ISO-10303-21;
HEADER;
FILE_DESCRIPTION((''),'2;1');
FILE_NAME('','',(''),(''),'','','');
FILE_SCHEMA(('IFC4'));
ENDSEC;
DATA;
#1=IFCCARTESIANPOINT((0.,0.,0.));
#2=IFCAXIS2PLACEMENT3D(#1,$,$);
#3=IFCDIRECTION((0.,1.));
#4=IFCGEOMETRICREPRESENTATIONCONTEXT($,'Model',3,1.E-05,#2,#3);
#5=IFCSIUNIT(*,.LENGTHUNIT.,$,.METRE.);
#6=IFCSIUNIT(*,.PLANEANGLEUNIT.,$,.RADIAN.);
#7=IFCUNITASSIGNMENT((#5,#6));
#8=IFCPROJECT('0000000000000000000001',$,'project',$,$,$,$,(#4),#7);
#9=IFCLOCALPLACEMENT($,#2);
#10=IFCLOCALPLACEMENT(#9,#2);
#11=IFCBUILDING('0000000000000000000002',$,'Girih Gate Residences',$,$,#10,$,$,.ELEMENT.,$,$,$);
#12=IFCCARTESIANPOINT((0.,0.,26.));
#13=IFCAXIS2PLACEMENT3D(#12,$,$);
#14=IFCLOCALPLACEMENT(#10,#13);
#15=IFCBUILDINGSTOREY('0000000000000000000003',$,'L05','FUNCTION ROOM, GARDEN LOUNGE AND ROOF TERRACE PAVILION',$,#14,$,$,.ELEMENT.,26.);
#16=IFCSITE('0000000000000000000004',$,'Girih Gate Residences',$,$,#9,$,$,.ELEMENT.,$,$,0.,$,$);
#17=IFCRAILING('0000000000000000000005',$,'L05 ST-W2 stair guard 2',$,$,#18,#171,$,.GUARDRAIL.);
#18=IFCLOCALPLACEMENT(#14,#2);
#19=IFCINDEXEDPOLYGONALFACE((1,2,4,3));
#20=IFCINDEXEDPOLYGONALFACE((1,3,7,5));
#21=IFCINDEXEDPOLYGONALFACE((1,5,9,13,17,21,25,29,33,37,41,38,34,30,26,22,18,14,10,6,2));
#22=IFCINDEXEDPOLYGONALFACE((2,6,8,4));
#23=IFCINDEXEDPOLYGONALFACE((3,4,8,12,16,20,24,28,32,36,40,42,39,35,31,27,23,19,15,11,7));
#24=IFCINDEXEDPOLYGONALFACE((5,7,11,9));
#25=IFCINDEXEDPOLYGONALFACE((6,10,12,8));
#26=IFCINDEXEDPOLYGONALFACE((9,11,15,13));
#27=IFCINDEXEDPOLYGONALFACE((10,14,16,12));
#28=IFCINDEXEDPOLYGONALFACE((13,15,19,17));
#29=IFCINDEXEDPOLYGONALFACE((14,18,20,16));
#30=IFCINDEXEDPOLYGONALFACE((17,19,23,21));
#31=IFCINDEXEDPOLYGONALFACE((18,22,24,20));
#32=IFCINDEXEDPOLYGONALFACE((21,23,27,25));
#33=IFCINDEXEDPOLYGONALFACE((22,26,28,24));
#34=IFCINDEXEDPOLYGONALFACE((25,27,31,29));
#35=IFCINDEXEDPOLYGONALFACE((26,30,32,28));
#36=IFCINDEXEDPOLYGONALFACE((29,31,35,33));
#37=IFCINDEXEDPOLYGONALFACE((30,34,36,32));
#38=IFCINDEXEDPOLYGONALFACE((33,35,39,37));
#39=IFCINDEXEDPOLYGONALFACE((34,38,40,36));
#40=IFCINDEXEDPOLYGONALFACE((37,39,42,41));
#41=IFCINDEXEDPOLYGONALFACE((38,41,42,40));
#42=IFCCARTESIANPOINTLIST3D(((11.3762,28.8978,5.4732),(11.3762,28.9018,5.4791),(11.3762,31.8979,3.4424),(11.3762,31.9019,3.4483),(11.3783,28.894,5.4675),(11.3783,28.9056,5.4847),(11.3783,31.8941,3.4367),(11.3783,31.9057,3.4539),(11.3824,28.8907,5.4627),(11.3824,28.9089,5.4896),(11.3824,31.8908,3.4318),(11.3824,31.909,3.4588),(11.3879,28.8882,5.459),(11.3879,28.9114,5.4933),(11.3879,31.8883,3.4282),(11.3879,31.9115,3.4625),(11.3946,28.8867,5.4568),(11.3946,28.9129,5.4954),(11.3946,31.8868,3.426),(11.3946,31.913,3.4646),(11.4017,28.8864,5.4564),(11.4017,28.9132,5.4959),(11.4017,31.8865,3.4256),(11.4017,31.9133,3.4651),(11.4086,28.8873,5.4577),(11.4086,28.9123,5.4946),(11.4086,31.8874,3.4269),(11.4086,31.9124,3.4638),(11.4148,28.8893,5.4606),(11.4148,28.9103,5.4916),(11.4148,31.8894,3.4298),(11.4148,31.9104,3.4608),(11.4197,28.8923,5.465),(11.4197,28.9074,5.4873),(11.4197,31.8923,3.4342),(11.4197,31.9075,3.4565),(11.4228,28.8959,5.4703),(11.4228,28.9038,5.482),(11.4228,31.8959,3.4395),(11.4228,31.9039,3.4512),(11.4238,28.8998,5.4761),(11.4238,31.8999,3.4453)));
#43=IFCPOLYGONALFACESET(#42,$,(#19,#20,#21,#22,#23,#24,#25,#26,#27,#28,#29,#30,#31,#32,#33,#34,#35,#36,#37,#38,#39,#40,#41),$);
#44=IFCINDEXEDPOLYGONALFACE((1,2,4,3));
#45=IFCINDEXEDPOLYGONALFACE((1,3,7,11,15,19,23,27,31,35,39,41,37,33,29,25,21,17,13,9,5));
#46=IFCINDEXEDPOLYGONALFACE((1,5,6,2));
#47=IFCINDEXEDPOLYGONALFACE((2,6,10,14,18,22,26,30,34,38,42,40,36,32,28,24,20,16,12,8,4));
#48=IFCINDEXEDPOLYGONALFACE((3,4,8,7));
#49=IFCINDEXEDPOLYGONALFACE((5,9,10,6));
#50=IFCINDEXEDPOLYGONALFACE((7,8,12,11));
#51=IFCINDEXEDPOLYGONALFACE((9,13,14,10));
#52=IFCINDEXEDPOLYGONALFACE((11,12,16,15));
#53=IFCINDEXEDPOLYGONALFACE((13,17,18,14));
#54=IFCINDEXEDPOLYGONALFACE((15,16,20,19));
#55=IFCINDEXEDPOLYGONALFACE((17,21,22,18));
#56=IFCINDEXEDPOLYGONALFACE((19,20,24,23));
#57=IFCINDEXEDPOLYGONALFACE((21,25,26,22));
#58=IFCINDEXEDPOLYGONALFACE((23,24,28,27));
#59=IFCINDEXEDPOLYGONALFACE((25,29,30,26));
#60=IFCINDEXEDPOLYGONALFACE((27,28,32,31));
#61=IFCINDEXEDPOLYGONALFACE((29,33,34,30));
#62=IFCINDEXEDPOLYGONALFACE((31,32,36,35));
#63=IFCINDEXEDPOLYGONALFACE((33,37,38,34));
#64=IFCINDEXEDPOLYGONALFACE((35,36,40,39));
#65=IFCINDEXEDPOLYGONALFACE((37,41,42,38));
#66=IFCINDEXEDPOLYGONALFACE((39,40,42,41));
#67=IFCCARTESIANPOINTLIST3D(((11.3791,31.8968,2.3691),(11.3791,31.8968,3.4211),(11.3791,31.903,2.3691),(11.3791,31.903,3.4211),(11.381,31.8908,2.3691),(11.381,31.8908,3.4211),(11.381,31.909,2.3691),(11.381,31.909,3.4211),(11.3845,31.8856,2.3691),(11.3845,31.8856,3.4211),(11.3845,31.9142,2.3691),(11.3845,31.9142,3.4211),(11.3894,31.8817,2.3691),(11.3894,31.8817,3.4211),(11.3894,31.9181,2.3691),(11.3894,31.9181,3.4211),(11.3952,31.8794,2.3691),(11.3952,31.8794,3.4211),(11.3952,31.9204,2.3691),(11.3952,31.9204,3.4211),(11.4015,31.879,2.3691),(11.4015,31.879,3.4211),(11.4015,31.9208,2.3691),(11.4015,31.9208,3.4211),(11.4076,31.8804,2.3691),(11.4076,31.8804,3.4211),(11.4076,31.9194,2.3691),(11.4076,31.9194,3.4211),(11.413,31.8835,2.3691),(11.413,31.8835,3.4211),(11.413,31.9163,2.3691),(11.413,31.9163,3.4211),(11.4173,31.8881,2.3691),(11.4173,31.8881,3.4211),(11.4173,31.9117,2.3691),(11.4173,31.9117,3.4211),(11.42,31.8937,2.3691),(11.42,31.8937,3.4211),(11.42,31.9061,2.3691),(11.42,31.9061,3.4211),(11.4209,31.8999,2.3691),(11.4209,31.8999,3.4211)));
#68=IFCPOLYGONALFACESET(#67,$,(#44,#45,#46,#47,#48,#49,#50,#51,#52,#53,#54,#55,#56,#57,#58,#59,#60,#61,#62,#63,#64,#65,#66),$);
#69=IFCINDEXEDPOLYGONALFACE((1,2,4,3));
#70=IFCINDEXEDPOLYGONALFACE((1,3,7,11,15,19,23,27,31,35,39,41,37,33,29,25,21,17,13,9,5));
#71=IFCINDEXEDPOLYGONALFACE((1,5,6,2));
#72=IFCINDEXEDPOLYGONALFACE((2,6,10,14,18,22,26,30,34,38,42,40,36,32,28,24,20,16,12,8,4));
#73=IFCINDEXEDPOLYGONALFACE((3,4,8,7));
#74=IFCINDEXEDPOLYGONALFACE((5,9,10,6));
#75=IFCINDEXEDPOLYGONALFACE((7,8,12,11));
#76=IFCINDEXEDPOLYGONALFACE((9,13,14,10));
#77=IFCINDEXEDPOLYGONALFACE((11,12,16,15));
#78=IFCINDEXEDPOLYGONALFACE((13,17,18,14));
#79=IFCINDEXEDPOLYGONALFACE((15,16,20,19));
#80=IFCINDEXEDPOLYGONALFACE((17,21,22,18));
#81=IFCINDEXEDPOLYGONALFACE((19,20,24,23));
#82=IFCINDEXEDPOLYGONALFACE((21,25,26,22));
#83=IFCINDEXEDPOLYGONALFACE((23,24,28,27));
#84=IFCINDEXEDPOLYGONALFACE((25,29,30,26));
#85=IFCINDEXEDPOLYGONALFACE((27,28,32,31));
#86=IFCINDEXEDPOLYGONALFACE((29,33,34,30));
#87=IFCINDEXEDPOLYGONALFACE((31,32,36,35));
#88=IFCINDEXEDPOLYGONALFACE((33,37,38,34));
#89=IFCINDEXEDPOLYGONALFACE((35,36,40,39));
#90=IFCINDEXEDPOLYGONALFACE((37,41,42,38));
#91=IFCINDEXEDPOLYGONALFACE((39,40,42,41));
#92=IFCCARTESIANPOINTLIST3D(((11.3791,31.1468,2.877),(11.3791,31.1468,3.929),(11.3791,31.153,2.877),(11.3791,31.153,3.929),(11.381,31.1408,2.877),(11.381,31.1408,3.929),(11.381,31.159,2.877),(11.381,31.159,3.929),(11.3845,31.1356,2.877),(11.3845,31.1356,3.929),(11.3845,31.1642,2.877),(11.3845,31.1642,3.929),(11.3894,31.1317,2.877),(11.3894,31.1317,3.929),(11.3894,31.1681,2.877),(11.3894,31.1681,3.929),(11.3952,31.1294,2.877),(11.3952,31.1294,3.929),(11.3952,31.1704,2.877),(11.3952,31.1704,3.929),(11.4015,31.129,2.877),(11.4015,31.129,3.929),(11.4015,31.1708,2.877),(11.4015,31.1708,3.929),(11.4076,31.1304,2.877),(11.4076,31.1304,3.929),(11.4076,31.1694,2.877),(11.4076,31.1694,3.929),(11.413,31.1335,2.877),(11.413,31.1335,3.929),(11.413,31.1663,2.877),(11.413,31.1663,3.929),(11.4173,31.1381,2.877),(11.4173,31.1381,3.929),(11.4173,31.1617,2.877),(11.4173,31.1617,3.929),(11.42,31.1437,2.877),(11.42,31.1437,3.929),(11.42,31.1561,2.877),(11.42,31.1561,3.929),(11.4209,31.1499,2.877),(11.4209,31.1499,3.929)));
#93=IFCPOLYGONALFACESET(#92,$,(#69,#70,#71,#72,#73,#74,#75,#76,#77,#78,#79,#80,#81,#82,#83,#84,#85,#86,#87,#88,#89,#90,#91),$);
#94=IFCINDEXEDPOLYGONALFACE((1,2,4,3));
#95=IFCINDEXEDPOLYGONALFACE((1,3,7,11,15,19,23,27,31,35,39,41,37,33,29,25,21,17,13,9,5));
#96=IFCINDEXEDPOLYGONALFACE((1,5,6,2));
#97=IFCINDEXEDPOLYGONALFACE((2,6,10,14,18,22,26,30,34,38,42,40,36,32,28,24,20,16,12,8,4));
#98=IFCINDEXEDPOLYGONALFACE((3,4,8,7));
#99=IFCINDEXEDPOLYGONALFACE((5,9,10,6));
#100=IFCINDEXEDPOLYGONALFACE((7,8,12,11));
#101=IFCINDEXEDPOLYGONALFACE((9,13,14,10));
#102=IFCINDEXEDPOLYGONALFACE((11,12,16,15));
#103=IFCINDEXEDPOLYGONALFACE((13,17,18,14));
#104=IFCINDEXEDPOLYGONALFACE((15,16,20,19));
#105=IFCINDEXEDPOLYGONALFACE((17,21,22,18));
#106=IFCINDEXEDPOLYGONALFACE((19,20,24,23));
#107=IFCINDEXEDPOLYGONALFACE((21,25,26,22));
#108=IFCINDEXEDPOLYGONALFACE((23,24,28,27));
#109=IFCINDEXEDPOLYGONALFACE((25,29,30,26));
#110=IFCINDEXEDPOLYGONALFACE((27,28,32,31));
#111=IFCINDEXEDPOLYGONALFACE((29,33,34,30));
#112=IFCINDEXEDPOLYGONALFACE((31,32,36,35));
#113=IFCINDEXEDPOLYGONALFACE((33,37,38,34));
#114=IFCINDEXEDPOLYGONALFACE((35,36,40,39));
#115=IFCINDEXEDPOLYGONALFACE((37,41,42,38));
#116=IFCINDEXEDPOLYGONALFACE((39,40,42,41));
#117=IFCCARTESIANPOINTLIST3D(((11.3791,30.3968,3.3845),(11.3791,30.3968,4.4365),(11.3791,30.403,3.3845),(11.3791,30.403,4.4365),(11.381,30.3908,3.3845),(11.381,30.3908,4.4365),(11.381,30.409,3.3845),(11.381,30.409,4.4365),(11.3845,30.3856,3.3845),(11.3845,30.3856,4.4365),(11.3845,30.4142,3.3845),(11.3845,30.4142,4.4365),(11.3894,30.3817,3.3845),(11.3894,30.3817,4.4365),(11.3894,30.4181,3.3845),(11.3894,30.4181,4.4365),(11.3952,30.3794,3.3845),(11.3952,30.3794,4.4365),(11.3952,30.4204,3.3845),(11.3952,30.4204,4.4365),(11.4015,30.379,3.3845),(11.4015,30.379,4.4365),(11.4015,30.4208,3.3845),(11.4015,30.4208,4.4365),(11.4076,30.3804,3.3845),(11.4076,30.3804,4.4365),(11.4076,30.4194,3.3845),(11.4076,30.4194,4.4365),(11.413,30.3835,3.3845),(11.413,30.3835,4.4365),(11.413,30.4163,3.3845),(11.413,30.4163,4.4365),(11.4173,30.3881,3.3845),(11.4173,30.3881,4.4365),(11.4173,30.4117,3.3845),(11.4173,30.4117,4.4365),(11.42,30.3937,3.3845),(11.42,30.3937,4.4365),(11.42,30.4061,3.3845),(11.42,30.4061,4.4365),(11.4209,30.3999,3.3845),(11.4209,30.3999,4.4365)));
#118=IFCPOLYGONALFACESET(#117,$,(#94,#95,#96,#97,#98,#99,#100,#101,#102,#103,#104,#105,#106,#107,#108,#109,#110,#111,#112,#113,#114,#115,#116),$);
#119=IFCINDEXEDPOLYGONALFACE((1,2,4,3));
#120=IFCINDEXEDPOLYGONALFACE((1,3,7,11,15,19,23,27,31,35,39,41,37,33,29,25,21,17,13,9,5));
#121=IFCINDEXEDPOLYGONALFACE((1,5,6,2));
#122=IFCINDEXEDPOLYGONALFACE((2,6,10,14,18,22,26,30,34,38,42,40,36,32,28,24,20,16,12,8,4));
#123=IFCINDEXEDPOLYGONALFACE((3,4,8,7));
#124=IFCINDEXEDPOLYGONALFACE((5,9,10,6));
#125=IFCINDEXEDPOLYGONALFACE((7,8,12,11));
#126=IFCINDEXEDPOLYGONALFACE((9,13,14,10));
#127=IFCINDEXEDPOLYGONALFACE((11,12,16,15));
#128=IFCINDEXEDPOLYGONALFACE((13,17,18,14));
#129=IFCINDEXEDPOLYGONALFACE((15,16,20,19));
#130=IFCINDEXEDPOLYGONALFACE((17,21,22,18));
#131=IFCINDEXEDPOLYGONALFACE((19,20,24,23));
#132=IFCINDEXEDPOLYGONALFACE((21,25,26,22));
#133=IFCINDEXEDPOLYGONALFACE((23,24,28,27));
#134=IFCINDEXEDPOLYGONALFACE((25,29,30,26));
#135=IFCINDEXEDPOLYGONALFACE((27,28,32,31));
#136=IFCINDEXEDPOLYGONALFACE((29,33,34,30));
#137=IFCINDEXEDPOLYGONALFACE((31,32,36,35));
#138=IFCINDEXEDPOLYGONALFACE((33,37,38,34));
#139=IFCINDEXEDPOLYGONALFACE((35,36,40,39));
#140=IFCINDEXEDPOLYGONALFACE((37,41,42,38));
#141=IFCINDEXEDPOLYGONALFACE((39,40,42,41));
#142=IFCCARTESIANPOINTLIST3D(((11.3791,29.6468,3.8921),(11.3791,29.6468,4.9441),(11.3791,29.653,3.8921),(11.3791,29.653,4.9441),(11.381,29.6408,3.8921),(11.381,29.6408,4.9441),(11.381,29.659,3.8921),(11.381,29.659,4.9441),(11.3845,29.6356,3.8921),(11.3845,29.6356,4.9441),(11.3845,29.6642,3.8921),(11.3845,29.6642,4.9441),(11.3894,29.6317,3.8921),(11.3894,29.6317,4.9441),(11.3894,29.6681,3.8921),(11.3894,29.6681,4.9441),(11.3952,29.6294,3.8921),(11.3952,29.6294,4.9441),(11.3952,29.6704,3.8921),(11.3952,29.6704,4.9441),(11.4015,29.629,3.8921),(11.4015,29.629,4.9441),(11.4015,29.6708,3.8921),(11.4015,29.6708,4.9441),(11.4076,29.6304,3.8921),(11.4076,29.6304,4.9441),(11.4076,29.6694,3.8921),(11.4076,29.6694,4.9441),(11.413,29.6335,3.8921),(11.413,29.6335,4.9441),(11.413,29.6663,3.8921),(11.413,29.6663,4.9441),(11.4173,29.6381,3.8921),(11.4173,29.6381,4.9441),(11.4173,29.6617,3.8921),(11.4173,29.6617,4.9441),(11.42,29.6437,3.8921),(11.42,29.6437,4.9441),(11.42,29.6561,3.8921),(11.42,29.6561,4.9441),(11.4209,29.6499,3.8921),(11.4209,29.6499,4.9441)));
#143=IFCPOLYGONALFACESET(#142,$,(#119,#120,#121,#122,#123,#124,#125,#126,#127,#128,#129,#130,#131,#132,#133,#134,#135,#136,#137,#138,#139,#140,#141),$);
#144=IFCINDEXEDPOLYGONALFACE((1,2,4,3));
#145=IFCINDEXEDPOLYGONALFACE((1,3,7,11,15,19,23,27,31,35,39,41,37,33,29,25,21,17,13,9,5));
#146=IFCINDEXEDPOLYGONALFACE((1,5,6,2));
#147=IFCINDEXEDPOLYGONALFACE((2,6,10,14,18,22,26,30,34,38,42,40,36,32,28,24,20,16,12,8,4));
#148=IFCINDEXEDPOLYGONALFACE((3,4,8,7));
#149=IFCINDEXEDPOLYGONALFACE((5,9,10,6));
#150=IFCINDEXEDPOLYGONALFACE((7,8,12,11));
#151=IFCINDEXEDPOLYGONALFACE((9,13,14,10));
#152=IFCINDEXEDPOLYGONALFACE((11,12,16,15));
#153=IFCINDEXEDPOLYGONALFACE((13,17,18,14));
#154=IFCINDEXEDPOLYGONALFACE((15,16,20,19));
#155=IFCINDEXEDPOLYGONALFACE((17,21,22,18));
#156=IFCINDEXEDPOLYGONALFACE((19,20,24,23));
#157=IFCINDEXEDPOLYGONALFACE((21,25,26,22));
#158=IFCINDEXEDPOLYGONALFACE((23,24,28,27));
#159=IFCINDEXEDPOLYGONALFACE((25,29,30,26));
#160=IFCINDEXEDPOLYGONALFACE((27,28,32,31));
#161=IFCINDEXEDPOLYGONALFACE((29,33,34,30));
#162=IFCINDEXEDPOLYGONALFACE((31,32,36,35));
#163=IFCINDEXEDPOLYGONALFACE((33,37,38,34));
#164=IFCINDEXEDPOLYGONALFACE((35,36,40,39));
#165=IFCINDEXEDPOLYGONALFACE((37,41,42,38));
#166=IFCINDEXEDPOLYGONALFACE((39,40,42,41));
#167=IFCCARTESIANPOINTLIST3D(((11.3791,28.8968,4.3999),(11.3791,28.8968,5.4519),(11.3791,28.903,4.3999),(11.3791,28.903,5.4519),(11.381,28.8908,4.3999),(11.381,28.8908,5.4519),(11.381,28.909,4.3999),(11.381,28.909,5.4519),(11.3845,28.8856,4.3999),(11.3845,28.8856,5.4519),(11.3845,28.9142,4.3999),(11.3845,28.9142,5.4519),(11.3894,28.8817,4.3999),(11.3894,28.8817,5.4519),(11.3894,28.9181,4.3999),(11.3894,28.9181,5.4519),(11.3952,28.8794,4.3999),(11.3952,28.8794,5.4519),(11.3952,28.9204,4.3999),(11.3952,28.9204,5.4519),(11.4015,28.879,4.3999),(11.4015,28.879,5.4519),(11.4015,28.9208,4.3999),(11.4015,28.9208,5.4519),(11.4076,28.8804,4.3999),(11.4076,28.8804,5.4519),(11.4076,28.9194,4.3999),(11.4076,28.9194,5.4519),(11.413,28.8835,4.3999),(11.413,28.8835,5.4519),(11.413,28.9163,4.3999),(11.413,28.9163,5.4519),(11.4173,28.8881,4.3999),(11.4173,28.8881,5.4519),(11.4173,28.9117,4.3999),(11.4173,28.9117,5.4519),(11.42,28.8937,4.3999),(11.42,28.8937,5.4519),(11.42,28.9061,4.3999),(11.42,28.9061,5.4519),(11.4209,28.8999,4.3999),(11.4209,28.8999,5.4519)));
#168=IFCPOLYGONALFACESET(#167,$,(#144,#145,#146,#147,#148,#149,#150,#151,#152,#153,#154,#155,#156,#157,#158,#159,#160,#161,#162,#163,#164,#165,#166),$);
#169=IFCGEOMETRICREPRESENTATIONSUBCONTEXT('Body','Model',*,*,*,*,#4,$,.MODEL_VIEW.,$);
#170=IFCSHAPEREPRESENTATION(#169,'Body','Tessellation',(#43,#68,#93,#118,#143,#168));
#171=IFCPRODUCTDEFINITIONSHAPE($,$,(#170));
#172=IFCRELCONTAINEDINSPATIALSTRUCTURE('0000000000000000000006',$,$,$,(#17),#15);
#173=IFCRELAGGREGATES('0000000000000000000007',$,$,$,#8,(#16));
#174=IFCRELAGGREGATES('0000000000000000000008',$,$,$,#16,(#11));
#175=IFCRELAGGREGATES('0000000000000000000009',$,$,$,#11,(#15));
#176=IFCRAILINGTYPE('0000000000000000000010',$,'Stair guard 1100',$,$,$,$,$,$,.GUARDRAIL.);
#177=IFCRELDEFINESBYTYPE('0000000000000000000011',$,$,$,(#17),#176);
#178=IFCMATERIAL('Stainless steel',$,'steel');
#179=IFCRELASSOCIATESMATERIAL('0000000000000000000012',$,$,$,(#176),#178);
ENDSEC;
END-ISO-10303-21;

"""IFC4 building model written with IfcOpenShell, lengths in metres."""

from ifc_helpers import new_model, si_unit, direction, frame, origin, origin_2d, place, context, subcontext, project, spatial, circle, extrude, material, type_object, element, save


model = new_model("IFC4")

# Units and contexts
model_context = context("Model", 3, precision=1e-05, world=origin(), true_north=direction((0.0, 1.0)))
body_context = subcontext(model_context, "Body", "Model", "MODEL_VIEW")
ifc_project = project(units=[si_unit("LENGTHUNIT", "METRE"), si_unit("PLANEANGLEUNIT", "RADIAN")], contexts=[model_context])

# Site, building, storey
site_placement = place(None, origin())
site = spatial("IfcSite", under=ifc_project, at=site_placement, Name="Girih Gate Residences", CompositionType="ELEMENT", RefElevation=0.0)
building_placement = place(site_placement, origin())
building = spatial("IfcBuilding", under=site, at=building_placement, Name="Girih Gate Residences", CompositionType="ELEMENT")
storey_placement = place(building_placement, frame((0.0, 0.0, 26.0)))
storey = spatial("IfcBuildingStorey", under=building, at=storey_placement, Name="L05", Description="FUNCTION ROOM, GARDEN LOUNGE AND ROOF TERRACE PAVILION", CompositionType="ELEMENT", Elevation=26.0)

# Railing
ifc_material_1 = material(Name="Stainless steel", Category="steel")
railing_type_1 = type_object("IfcRailingType", Name="Stair guard 1100", PredefinedType="GUARDRAIL", material=ifc_material_1)
railing_1_placement = place(storey_placement, frame((11.3999, 31.8999, 2.3691)))
element("IfcRailing", 1, at=railing_1_placement, inside=storey, type_object=railing_type_1, Name="L05 ST-W2 stair guard 2", PredefinedType="GUARDRAIL", context=body_context, shape_type="SweptSolid", body=[
    extrude(circle(Radius=0.0239, at=origin_2d()), frame((0.0, 0.0, 1.0762), z_axis=(0.0, -0.82811, 0.560565), x_axis=(1.0, 0.0, 0.0)), (0.0, 0.0, 1.0), 3.6228),
    extrude(circle(Radius=0.021, at=origin_2d()), origin(), (0.0, 0.0, 1.0), 1.052),
    extrude(circle(Radius=0.021, at=origin_2d()), frame((0.0, -0.75, 0.5078)), (0.0, 0.0, 1.0), 1.052),
    extrude(circle(Radius=0.021, at=origin_2d()), frame((0.0, -1.5, 1.0154)), (0.0, 0.0, 1.0), 1.052),
    extrude(circle(Radius=0.021, at=origin_2d()), frame((0.0, -2.25, 1.5229)), (0.0, 0.0, 1.0), 1.052),
    extrude(circle(Radius=0.021, at=origin_2d()), frame((0.0, -3.0, 2.0308)), (0.0, 0.0, 1.0), 1.052),
])

save(model, "model.ifc")
